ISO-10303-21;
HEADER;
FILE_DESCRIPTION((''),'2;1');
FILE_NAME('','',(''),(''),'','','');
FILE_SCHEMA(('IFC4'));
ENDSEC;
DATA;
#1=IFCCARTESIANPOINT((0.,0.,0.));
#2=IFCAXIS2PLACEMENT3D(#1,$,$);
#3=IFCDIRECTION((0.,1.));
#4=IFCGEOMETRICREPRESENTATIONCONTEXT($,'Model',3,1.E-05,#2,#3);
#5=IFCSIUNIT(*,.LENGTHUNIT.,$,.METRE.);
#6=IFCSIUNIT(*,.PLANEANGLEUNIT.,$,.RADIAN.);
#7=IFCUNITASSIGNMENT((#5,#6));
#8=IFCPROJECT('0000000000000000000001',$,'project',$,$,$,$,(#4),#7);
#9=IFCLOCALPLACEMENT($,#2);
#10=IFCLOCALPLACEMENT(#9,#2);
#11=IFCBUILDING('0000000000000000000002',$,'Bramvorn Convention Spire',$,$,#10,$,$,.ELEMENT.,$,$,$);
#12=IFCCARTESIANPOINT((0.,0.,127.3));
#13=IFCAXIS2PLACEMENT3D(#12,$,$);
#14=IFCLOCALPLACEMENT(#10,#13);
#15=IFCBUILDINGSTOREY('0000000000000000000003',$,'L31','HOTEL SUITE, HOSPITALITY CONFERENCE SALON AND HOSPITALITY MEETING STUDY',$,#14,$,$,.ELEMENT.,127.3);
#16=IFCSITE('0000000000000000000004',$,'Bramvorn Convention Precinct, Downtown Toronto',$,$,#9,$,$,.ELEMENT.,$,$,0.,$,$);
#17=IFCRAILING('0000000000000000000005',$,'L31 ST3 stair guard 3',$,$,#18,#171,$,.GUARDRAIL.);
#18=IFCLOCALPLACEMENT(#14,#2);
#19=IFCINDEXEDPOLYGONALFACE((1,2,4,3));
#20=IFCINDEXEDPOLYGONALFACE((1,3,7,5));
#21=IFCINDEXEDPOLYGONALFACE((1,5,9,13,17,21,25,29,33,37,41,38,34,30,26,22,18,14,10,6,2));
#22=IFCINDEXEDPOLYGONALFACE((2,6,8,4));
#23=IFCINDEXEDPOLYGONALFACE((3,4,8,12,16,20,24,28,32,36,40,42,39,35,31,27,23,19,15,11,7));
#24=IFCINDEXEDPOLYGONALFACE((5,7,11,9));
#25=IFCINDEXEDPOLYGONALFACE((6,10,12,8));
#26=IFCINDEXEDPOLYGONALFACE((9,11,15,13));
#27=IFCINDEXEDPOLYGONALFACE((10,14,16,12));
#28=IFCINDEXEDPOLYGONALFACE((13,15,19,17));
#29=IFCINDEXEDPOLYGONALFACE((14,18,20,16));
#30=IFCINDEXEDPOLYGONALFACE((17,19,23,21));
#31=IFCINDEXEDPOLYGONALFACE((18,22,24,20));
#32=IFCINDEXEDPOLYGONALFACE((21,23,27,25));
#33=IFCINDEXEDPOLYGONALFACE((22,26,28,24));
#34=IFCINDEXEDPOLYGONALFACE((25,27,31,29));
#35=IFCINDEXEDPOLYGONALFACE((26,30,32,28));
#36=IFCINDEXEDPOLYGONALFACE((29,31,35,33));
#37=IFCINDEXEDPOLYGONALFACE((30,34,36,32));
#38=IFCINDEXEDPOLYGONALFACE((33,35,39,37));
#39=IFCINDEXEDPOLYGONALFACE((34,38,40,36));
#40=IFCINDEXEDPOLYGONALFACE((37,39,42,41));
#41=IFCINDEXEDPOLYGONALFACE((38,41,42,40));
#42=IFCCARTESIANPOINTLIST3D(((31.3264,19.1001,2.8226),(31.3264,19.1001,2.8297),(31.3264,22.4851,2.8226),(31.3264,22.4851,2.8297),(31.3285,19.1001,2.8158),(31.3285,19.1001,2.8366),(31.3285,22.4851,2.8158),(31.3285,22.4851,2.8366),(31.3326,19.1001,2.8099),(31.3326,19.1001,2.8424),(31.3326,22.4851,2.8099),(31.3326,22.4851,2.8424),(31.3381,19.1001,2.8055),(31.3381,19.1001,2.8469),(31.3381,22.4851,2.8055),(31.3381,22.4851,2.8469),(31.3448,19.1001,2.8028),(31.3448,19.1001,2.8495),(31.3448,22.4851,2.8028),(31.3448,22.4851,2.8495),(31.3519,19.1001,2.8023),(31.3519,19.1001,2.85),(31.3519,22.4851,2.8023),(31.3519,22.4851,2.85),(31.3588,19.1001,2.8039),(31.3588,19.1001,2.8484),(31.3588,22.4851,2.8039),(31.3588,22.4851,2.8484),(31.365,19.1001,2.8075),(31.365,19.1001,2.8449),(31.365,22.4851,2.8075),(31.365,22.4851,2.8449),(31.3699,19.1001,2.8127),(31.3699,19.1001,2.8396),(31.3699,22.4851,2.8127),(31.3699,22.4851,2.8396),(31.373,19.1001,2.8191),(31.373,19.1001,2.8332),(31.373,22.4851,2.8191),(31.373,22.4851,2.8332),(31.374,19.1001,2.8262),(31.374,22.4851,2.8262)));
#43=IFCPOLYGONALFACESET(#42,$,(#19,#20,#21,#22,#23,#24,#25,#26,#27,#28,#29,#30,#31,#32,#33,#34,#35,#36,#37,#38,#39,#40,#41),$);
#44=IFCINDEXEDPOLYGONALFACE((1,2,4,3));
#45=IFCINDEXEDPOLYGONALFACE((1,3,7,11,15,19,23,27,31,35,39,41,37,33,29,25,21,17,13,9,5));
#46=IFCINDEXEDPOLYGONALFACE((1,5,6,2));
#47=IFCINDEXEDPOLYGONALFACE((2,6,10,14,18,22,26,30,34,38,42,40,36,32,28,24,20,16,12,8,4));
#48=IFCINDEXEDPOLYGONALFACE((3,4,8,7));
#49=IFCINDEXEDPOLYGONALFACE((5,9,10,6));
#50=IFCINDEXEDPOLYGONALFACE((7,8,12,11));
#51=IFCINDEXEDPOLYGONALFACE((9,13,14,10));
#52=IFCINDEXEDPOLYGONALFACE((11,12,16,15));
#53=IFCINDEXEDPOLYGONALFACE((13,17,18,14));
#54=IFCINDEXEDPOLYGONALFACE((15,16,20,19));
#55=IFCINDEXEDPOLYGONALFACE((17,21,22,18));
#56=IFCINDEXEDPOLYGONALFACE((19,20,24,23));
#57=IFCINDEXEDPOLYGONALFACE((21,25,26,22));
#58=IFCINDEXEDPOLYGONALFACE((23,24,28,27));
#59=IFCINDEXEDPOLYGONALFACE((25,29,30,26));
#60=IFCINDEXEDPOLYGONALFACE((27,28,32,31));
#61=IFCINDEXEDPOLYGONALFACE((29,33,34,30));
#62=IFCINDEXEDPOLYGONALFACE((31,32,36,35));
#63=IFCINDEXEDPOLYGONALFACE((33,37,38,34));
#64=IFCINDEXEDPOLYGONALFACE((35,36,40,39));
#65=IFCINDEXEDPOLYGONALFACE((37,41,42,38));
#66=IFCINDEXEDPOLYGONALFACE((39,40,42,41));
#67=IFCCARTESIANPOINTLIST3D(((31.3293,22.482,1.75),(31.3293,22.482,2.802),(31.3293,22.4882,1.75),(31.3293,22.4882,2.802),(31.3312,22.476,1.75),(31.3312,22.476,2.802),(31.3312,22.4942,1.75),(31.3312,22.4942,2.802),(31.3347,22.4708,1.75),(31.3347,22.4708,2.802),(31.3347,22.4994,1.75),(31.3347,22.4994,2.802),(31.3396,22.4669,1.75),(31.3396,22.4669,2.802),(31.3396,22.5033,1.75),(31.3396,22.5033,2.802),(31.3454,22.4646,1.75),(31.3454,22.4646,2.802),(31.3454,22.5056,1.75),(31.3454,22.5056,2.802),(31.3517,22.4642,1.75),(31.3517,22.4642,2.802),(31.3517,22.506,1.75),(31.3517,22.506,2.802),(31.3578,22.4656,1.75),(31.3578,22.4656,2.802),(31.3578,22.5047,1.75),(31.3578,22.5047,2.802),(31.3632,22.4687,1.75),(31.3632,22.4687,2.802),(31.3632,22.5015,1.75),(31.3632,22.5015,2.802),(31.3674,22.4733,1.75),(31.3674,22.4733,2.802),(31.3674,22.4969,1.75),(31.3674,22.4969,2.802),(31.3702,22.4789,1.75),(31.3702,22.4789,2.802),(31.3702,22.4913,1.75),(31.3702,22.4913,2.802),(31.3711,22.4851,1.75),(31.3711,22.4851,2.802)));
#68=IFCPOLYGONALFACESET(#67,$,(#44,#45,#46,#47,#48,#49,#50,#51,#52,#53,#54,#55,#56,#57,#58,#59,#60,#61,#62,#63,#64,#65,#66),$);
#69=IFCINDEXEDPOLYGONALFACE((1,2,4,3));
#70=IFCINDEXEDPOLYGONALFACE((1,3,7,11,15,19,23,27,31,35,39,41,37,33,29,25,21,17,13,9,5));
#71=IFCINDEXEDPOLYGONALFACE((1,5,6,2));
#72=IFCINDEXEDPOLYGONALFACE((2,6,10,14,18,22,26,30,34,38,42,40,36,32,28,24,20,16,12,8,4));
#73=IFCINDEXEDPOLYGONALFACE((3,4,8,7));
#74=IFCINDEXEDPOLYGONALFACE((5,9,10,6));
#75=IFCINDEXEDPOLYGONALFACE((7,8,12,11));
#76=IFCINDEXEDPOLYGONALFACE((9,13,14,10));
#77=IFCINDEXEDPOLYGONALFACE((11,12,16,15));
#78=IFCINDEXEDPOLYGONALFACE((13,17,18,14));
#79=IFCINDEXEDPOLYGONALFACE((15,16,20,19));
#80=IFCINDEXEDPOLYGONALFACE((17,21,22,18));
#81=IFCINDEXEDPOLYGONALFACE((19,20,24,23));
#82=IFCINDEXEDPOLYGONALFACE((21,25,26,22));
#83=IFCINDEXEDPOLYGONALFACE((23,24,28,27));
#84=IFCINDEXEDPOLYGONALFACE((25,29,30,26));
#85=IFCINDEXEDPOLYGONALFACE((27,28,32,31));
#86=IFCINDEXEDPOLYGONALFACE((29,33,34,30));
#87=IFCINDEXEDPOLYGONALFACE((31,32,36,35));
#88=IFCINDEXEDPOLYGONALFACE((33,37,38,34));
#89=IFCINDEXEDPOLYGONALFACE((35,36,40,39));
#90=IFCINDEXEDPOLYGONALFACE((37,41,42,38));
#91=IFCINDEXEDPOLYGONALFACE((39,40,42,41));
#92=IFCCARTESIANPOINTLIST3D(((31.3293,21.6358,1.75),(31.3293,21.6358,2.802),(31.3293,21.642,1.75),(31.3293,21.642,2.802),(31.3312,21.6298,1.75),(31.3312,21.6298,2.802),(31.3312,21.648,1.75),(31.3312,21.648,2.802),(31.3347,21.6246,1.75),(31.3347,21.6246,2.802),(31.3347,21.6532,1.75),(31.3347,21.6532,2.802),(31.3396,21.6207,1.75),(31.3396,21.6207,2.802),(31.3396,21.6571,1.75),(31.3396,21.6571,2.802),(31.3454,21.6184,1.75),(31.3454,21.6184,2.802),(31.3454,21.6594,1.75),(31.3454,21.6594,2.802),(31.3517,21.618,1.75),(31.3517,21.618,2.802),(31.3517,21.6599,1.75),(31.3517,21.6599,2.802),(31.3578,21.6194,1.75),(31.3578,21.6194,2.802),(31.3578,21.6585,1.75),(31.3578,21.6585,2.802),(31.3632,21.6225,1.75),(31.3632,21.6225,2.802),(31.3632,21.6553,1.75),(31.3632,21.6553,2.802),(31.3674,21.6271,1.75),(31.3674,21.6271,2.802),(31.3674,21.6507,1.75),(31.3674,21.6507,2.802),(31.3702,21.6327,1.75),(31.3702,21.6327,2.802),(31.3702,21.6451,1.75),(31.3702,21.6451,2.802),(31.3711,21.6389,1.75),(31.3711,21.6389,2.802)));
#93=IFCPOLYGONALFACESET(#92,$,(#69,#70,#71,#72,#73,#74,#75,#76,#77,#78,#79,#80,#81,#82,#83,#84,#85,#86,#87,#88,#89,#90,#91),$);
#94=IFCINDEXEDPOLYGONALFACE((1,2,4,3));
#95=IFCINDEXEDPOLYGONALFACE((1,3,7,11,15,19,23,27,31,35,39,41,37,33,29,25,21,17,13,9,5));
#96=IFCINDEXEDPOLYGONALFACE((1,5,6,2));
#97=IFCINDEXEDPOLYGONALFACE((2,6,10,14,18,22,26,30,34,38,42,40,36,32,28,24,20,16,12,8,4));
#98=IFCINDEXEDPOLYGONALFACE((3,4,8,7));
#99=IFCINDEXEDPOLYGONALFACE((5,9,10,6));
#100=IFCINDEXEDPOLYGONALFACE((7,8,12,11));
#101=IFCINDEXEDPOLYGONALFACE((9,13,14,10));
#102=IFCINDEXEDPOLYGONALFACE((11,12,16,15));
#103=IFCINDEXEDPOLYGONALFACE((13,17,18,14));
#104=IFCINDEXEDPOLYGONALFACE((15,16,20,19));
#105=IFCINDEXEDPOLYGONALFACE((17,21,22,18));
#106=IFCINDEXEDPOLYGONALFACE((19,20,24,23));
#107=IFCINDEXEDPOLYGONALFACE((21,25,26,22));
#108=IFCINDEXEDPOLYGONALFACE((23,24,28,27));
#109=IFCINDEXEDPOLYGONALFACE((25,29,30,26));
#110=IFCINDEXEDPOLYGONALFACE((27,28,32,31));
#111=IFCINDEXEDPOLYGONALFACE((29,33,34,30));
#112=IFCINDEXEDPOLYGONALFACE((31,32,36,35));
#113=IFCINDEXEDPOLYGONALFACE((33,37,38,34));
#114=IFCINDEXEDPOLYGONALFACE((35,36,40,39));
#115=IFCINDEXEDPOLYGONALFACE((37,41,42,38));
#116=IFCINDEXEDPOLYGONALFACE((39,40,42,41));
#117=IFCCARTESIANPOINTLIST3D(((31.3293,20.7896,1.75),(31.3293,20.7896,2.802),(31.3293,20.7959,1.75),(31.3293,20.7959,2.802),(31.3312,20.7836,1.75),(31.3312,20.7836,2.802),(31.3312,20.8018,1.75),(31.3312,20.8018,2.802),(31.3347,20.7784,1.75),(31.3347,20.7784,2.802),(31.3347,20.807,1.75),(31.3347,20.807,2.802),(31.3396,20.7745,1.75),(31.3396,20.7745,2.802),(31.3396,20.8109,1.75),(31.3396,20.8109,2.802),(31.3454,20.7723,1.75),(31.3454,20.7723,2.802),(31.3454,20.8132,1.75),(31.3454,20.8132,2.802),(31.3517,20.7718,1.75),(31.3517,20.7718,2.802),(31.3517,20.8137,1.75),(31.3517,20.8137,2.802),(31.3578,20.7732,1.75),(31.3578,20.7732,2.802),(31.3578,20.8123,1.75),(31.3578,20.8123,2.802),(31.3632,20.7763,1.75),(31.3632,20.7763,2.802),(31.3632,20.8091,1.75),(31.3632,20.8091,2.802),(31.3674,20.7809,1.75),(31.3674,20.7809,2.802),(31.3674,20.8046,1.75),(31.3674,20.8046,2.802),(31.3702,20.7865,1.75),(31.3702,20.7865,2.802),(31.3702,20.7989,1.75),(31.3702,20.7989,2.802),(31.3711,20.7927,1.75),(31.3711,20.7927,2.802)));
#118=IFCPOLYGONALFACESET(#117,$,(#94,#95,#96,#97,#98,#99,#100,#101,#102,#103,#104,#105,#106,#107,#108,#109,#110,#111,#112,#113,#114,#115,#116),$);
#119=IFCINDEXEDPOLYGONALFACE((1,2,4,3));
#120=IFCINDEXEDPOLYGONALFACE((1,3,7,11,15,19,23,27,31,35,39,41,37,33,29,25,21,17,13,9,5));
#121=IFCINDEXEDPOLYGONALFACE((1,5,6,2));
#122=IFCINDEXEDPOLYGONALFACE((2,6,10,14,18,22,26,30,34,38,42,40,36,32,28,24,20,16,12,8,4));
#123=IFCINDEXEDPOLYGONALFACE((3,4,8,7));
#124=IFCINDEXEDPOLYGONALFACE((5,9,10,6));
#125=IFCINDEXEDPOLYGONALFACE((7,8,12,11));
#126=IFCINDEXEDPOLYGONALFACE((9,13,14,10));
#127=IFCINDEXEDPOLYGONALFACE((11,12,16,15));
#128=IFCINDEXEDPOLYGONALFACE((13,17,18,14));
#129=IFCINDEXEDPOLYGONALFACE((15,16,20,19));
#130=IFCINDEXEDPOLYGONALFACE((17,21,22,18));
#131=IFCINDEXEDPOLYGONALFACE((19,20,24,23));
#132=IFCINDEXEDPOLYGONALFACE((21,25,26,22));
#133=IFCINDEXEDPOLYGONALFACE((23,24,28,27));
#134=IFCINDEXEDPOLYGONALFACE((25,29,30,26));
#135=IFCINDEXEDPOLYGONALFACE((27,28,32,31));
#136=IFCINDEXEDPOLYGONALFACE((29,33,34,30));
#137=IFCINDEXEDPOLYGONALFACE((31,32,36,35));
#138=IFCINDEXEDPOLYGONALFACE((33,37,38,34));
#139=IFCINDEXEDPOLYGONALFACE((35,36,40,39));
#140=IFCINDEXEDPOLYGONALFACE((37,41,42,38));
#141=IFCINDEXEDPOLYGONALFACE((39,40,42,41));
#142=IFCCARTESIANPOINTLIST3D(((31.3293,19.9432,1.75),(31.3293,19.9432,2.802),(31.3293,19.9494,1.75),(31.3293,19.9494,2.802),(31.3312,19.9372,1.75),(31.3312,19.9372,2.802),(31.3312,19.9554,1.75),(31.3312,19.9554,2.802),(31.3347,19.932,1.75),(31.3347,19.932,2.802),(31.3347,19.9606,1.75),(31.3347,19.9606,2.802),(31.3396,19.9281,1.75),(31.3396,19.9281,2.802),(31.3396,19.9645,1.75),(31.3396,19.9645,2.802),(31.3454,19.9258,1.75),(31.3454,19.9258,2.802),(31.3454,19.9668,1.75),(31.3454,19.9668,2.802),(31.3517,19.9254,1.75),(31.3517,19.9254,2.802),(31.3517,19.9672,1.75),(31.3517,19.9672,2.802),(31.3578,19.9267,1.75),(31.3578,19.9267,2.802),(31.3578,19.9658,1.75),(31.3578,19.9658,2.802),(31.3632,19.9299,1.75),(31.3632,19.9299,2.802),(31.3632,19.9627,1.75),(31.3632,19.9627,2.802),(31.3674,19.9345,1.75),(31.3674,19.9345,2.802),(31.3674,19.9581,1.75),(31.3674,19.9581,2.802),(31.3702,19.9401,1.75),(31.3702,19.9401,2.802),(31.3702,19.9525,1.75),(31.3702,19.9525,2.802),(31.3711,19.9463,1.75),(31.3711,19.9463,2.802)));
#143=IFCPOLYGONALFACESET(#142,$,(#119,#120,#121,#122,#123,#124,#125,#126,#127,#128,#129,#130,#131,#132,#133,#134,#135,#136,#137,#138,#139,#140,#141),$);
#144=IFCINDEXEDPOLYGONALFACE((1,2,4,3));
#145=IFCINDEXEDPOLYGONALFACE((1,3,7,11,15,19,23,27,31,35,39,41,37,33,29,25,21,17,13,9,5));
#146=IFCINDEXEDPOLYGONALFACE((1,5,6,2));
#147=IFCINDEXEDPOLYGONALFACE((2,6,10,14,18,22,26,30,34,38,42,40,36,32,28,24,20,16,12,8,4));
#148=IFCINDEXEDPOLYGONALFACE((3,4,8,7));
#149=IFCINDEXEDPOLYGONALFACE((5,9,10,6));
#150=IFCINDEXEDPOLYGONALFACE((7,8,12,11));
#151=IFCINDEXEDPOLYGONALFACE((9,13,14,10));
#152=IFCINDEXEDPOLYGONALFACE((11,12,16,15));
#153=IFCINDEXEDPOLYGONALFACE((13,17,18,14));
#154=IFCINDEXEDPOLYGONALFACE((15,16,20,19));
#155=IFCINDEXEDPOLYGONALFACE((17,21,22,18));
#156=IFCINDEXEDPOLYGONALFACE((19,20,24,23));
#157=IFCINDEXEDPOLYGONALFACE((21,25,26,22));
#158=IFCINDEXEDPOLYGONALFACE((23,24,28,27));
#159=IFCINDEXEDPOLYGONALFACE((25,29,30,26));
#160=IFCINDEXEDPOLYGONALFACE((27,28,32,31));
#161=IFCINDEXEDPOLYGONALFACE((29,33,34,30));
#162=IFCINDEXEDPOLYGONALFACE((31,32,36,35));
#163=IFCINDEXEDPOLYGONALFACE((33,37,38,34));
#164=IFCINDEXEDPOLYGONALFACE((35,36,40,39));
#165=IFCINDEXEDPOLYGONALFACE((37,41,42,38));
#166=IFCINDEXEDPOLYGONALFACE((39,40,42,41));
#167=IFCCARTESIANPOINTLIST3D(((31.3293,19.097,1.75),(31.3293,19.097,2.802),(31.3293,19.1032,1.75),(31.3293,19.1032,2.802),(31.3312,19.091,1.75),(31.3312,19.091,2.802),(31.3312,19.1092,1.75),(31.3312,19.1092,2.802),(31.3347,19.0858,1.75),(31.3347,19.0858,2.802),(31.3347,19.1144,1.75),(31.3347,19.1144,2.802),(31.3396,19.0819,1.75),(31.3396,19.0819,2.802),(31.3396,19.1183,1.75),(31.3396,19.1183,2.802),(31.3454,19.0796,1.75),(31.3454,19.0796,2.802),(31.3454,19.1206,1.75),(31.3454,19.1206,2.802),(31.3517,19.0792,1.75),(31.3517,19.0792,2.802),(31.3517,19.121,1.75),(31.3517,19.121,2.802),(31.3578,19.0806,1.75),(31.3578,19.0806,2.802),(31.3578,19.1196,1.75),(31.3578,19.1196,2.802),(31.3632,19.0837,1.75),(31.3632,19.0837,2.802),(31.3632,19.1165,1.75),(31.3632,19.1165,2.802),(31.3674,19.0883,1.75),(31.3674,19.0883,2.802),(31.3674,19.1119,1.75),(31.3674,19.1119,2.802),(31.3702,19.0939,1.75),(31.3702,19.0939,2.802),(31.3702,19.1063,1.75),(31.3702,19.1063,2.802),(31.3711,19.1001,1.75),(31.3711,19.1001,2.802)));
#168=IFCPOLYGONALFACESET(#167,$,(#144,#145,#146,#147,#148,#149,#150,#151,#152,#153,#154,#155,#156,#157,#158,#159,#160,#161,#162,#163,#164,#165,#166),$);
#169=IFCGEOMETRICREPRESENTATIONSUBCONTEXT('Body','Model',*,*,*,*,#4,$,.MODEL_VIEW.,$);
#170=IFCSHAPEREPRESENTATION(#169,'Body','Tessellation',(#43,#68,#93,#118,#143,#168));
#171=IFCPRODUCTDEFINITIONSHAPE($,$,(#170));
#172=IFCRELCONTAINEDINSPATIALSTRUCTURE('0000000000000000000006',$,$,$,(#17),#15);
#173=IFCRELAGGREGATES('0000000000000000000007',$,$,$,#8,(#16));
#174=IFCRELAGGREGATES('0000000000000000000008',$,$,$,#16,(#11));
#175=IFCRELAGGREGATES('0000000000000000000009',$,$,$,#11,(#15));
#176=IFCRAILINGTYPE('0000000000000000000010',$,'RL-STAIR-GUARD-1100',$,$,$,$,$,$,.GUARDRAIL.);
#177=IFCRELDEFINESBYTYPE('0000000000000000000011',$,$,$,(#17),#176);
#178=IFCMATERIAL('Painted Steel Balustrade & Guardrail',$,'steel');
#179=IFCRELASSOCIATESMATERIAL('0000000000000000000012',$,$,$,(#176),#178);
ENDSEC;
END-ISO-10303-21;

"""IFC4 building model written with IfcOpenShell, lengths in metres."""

from ifc_helpers import new_model, si_unit, direction, frame, origin, origin_2d, place, context, subcontext, project, spatial, circle, extrude, material, type_object, element, save


model = new_model("IFC4")

# Units and contexts
model_context = context("Model", 3, precision=1e-05, world=origin(), true_north=direction((0.0, 1.0)))
body_context = subcontext(model_context, "Body", "Model", "MODEL_VIEW")
ifc_project = project(units=[si_unit("LENGTHUNIT", "METRE"), si_unit("PLANEANGLEUNIT", "RADIAN")], contexts=[model_context])

# Site, building, storey
site_placement = place(None, origin())
site = spatial("IfcSite", under=ifc_project, at=site_placement, Name="Bramvorn Convention Precinct, Downtown Toronto", CompositionType="ELEMENT", RefElevation=0.0)
building_placement = place(site_placement, origin())
building = spatial("IfcBuilding", under=site, at=building_placement, Name="Bramvorn Convention Spire", CompositionType="ELEMENT")
storey_placement = place(building_placement, frame((0.0, 0.0, 127.3)))
storey = spatial("IfcBuildingStorey", under=building, at=storey_placement, Name="L31", Description="HOTEL SUITE, HOSPITALITY CONFERENCE SALON AND HOSPITALITY MEETING STUDY", CompositionType="ELEMENT", Elevation=127.3)

# Railing
ifc_material_1 = material(Name="Painted Steel Balustrade & Guardrail", Category="steel")
railing_type_1 = type_object("IfcRailingType", Name="RL-STAIR-GUARD-1100", PredefinedType="GUARDRAIL", material=ifc_material_1)
for number, where, name in (
    (1, (31.3501, 22.4851, 1.75), "L31 ST3 stair guard 3"),
):
    element("IfcRailing", number, at=place(storey_placement, frame(where)), inside=storey, type_object=railing_type_1, Name=name, PredefinedType="GUARDRAIL", context=body_context, shape_type="SweptSolid", body=[
        extrude(circle(Radius=0.0239, at=origin_2d()), frame((0.0, 0.0, 1.0762), z_axis=(0.0, -1.0, 0.0), x_axis=(1.0, 0.0, 0.0)), (0.0, 0.0, 1.0), 3.385),
        extrude(circle(Radius=0.021, at=origin_2d()), origin(), (0.0, 0.0, 1.0), 1.052),
        extrude(circle(Radius=0.021, at=origin_2d()), frame((0.0, -0.8462, 0.0)), (0.0, 0.0, 1.0), 1.052),
        extrude(circle(Radius=0.021, at=origin_2d()), frame((0.0, -1.6924, 0.0)), (0.0, 0.0, 1.0), 1.052),
        extrude(circle(Radius=0.021, at=origin_2d()), frame((0.0, -2.5388, 0.0)), (0.0, 0.0, 1.0), 1.052),
        extrude(circle(Radius=0.021, at=origin_2d()), frame((0.0, -3.385, 0.0)), (0.0, 0.0, 1.0), 1.052),
    ])

save(model, "model.ifc")
